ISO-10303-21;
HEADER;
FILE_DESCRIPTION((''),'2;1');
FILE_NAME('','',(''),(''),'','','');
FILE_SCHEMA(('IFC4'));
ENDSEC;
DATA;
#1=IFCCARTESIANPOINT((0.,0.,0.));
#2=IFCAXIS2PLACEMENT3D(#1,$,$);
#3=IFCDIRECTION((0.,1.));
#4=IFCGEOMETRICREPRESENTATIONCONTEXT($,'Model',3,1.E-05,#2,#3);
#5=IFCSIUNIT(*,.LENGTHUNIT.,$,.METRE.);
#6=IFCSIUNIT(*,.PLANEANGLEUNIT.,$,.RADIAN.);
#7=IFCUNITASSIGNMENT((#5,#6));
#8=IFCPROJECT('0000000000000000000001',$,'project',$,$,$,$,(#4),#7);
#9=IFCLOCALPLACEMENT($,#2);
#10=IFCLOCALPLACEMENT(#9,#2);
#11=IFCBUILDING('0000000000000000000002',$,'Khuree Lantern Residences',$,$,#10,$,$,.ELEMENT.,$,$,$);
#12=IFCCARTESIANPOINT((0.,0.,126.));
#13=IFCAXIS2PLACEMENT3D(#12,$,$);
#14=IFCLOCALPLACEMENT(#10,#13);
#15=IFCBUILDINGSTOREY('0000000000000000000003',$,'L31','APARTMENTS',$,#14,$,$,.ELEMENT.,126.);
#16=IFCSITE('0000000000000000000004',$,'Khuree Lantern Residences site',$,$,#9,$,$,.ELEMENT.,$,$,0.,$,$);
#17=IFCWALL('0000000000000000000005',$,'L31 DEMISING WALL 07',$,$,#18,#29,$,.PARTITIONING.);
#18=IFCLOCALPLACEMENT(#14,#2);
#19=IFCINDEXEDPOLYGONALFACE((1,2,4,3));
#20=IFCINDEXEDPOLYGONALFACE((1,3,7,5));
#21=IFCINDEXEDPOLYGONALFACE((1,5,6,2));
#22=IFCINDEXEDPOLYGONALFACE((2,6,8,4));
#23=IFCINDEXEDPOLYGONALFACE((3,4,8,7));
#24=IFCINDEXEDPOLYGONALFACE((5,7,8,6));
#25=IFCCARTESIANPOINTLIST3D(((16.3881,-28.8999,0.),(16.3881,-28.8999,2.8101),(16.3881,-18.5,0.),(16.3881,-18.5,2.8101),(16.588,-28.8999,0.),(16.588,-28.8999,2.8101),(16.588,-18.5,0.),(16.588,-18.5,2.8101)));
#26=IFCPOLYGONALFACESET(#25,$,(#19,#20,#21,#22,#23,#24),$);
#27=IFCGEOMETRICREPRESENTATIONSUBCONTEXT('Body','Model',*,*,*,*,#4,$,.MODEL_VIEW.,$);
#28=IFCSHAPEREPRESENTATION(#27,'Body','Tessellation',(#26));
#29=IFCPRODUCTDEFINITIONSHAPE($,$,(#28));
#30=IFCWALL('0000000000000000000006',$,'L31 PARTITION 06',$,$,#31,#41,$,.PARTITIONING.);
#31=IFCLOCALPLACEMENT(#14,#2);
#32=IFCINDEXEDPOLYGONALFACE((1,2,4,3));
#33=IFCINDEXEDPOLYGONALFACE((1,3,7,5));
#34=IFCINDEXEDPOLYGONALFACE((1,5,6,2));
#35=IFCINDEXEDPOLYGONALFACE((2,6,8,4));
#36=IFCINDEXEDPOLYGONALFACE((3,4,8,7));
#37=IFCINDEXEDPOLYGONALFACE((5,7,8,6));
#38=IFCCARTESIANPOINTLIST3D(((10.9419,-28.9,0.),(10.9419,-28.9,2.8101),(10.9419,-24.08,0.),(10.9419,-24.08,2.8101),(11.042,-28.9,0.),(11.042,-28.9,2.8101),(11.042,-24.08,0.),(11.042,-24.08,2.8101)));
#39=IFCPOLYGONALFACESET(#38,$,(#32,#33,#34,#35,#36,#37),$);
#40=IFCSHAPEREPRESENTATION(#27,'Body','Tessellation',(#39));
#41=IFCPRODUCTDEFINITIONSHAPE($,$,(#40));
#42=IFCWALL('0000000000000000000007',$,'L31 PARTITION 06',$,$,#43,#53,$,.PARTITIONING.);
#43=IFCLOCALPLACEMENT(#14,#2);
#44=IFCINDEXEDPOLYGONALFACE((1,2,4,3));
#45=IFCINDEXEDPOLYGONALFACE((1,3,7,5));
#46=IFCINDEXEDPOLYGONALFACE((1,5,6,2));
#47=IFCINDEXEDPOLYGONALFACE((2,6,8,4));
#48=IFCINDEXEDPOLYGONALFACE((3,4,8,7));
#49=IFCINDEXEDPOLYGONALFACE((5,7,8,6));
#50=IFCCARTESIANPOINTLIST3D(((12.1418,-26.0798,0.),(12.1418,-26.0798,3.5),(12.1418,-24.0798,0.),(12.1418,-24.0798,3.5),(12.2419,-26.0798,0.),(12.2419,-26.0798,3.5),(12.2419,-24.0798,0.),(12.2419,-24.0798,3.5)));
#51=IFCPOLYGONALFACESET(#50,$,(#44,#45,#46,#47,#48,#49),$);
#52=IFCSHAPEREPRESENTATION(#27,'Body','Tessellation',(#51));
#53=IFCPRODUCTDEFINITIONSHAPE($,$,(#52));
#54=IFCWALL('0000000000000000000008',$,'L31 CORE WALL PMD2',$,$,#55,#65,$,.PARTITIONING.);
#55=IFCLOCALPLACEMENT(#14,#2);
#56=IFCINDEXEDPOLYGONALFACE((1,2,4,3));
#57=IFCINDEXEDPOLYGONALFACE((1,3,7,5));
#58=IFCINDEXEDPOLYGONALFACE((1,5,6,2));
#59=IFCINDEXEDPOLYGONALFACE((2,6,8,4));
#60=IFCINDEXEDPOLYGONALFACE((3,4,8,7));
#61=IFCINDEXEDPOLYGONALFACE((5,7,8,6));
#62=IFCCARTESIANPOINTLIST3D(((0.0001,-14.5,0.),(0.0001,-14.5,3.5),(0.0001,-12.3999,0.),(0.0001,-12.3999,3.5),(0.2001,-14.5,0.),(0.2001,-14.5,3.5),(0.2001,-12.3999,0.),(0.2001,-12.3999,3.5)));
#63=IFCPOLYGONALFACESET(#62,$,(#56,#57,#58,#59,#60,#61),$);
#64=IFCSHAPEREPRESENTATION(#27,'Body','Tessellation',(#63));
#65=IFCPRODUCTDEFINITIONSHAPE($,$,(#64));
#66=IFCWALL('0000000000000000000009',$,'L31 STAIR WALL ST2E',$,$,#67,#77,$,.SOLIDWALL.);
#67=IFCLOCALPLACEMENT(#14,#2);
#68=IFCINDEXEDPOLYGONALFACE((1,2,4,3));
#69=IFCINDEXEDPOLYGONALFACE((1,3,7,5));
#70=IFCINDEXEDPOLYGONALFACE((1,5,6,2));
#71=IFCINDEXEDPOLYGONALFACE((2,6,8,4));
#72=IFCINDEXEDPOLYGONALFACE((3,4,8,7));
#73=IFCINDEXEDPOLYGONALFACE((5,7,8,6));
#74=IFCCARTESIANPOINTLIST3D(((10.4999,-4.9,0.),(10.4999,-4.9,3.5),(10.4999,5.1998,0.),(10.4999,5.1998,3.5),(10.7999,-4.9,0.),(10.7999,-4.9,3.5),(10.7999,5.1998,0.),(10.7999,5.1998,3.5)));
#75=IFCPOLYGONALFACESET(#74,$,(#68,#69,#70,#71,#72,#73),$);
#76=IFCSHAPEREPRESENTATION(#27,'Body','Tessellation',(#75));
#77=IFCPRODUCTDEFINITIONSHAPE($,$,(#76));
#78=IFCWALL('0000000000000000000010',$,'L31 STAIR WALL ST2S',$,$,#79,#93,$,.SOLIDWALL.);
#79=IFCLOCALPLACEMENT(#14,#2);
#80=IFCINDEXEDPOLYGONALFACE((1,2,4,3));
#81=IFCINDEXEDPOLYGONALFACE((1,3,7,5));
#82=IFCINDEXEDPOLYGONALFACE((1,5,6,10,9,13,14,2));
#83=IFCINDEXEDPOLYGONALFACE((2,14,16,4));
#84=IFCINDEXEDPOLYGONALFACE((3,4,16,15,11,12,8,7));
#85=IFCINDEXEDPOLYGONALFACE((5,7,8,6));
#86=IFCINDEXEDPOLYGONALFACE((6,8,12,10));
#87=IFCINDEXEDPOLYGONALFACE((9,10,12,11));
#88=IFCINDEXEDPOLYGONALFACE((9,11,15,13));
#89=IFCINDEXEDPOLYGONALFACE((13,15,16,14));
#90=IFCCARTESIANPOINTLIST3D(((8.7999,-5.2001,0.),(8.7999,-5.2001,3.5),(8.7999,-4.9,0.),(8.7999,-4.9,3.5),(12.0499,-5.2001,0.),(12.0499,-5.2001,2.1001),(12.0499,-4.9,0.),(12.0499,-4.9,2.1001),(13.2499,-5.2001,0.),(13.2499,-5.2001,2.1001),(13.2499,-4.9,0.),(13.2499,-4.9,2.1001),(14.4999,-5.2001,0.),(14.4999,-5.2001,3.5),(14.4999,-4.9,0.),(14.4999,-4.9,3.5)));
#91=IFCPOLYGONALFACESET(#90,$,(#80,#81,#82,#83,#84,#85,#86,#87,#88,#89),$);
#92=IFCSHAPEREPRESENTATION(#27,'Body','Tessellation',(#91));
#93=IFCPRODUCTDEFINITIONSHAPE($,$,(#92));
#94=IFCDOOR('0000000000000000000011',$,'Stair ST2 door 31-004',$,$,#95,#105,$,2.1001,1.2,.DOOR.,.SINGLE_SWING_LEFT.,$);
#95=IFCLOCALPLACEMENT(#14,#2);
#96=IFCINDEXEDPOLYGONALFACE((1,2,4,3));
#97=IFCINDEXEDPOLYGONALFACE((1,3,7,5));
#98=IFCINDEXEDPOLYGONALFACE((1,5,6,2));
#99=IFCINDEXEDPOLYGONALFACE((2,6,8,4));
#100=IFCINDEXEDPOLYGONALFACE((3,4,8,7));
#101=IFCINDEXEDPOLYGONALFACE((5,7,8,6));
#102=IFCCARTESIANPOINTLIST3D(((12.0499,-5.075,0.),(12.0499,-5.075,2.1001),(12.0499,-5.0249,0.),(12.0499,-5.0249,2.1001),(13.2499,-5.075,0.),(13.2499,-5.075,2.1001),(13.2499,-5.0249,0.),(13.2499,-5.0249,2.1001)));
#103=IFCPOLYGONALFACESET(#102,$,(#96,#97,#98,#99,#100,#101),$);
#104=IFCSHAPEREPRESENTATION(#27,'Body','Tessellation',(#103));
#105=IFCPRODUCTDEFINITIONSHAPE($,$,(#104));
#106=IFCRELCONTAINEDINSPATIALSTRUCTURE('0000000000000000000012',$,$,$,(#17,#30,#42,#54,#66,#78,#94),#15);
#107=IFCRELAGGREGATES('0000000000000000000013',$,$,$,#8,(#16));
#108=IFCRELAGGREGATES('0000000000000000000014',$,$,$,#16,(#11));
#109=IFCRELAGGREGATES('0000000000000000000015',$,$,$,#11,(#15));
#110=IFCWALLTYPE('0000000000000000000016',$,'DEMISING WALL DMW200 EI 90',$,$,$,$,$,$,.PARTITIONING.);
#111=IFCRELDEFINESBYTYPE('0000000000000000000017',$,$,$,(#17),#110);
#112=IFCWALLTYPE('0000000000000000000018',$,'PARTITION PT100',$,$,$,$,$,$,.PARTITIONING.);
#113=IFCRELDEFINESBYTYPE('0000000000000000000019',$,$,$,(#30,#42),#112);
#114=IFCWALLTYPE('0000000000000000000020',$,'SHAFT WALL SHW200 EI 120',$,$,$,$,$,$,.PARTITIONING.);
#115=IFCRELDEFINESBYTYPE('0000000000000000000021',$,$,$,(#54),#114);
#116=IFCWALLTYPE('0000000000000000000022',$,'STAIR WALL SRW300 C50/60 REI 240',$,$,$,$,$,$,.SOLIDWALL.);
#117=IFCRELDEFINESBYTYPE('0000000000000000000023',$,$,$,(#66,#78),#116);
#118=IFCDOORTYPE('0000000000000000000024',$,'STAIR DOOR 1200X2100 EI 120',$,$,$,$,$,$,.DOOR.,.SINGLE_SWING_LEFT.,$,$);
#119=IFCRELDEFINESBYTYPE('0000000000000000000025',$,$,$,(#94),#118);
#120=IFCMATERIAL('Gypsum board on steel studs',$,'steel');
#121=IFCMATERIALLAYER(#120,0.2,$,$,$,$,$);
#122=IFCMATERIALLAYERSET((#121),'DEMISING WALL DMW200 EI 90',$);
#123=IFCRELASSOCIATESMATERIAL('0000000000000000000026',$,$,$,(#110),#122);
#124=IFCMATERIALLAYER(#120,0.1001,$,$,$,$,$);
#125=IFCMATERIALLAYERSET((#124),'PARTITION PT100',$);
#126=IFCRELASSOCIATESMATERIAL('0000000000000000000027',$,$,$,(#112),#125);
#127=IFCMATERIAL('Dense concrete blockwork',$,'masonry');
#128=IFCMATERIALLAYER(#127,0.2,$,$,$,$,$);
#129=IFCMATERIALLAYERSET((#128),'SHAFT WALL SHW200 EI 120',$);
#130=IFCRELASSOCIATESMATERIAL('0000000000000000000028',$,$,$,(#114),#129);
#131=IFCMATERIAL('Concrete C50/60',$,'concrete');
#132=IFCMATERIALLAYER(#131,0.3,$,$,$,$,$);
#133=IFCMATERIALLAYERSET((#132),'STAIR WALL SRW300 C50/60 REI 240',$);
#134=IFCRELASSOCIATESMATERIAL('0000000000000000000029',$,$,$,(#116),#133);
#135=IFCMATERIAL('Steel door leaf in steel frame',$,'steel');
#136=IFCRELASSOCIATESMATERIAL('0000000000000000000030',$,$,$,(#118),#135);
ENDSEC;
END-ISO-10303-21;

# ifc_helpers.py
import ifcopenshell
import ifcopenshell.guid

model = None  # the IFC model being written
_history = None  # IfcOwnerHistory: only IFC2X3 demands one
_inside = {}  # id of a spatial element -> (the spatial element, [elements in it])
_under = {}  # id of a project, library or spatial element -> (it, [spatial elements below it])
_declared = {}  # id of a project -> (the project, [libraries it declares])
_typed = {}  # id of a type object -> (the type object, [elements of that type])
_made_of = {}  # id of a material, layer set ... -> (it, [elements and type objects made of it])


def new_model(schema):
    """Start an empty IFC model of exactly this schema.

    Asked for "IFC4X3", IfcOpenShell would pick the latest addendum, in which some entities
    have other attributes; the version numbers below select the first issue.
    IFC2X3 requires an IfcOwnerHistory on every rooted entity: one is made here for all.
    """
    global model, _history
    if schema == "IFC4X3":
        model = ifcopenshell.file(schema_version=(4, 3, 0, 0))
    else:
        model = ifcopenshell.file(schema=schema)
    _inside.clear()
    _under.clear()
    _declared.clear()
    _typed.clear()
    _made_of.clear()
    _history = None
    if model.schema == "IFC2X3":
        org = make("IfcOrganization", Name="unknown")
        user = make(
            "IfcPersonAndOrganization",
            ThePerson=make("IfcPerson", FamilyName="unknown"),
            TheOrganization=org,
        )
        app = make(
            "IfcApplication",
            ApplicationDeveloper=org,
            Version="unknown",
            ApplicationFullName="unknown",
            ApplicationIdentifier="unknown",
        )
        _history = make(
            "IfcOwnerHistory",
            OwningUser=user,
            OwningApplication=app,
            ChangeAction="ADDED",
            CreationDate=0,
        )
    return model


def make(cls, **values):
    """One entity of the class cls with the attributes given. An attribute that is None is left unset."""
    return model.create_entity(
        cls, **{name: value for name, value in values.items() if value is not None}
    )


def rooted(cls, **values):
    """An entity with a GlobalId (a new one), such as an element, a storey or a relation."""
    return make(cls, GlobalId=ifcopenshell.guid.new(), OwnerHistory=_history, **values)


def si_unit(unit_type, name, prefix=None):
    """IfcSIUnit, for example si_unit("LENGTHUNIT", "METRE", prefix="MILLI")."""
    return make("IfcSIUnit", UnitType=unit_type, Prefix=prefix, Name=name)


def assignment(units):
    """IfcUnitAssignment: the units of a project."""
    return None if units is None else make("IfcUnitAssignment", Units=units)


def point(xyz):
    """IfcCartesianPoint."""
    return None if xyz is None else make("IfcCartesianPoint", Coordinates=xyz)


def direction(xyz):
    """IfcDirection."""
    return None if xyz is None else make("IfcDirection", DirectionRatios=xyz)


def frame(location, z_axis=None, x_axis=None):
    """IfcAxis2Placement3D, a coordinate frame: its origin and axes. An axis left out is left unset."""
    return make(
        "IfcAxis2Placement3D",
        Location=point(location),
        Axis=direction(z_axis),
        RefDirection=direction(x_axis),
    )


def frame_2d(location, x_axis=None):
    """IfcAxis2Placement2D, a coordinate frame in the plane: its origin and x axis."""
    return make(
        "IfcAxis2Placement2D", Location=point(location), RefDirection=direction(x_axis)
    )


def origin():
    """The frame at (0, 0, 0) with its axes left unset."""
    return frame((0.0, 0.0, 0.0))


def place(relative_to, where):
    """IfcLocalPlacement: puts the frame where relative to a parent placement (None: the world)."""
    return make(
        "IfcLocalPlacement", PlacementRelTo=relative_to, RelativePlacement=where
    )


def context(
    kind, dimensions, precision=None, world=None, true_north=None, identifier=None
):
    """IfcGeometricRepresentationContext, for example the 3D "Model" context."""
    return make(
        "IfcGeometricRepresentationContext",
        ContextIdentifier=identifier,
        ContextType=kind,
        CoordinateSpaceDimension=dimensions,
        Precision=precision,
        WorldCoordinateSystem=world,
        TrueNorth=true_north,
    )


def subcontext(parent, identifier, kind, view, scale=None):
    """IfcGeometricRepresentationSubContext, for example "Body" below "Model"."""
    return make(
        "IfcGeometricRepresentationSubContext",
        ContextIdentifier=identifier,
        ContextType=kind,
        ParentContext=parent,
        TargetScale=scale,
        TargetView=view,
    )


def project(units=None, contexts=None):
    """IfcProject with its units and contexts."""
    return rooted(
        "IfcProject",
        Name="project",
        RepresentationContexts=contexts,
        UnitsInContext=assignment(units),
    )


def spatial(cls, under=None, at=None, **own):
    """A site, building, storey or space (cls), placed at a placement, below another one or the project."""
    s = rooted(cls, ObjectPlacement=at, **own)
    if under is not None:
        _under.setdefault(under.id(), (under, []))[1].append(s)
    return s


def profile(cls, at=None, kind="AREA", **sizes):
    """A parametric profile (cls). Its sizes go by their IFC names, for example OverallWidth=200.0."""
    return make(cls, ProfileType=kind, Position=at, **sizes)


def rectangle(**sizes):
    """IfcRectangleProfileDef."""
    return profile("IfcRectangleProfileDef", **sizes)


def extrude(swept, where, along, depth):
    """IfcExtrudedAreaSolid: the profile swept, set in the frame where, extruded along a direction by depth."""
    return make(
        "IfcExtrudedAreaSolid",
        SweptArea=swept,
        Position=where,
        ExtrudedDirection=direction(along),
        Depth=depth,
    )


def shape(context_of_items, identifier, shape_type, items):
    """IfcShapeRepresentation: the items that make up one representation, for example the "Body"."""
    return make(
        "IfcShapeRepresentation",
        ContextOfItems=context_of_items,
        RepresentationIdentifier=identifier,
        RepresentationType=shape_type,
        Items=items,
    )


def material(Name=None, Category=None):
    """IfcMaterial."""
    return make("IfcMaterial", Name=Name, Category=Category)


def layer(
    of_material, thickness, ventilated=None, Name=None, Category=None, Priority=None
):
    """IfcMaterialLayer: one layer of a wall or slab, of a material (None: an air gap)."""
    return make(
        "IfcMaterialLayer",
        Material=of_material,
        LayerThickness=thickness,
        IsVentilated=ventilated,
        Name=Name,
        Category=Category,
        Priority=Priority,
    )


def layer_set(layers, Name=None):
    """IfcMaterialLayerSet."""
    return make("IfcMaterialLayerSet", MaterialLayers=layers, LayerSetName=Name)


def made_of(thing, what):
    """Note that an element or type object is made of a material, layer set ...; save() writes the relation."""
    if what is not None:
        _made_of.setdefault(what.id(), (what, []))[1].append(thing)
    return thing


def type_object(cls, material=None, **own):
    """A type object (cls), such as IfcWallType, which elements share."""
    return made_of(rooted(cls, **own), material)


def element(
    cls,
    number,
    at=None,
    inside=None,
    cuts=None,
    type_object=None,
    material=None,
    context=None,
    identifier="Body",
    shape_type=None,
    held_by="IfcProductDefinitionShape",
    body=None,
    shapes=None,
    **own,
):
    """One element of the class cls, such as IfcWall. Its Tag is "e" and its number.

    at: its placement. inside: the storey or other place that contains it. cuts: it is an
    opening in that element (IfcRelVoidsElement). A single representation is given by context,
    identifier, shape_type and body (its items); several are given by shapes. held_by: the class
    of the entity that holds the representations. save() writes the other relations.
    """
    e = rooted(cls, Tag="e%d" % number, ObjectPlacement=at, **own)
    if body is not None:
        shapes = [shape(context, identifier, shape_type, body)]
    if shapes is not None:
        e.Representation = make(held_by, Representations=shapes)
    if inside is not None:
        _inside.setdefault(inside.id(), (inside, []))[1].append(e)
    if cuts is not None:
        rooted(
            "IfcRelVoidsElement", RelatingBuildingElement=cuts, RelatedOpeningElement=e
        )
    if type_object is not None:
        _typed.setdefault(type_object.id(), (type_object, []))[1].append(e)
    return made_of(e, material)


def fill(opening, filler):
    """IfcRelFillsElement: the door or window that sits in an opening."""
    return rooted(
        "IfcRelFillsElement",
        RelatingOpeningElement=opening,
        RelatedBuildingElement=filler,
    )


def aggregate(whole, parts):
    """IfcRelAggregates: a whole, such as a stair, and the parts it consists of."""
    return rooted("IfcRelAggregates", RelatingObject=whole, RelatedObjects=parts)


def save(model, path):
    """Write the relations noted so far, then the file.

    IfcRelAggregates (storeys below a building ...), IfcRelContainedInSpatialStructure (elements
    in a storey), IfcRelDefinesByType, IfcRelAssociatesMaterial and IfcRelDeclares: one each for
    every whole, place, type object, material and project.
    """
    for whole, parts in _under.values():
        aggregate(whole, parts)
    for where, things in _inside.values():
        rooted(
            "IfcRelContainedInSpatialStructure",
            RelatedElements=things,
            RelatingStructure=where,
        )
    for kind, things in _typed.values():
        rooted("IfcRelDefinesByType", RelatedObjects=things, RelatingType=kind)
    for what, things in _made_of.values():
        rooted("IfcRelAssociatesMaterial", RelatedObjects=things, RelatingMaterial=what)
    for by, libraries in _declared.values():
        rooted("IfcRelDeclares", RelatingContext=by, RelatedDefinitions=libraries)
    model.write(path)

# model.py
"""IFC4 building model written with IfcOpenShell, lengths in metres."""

from ifc_helpers import new_model, si_unit, direction, frame, frame_2d, origin, place, context, subcontext, project, spatial, rectangle, extrude, material, layer, layer_set, type_object, element, fill, save


model = new_model("IFC4")

# Units and contexts
model_context = context("Model", 3, precision=1e-05, world=origin(), true_north=direction((0.0, 1.0)))
body_context = subcontext(model_context, "Body", "Model", "MODEL_VIEW")
ifc_project = project(units=[si_unit("LENGTHUNIT", "METRE"), si_unit("PLANEANGLEUNIT", "RADIAN")], contexts=[model_context])

# Site, building, storey
site_placement = place(None, origin())
site = spatial("IfcSite", under=ifc_project, at=site_placement, Name="Khuree Lantern Residences site", CompositionType="ELEMENT", RefElevation=0.0)
building_placement = place(site_placement, origin())
building = spatial("IfcBuilding", under=site, at=building_placement, Name="Khuree Lantern Residences", CompositionType="ELEMENT")
storey_placement = place(building_placement, frame((0.0, 0.0, 126.0)))
storey = spatial("IfcBuildingStorey", under=building, at=storey_placement, Name="L31", Description="APARTMENTS", CompositionType="ELEMENT", Elevation=126.0)

# Shared definitions
ifc_material_1 = material(Name="Dense concrete blockwork", Category="masonry")

# Shared definitions
ifc_material_2 = material(Name="Gypsum board on steel studs", Category="steel")

# Shared definitions
ifc_material_3 = material(Name="Steel door leaf in steel frame", Category="steel")

# Walls
ifc_layer_1 = layer(ifc_material_2, 0.2)
ifc_layer_set_1 = layer_set([ifc_layer_1], Name="DEMISING WALL DMW200 EI 90")
wall_type_1 = type_object("IfcWallType", Name="DEMISING WALL DMW200 EI 90", PredefinedType="PARTITIONING", material=ifc_layer_set_1)
wall_1_placement = place(storey_placement, frame((16.488, -18.5, 0.0), z_axis=(0.0, 0.0, 1.0), x_axis=(0.0, -1.0, 0.0)))
element("IfcWall", 1, at=wall_1_placement, inside=storey, type_object=wall_type_1, Name="L31 DEMISING WALL 07", PredefinedType="PARTITIONING", context=body_context, shape_type="SweptSolid", body=[
    extrude(rectangle(XDim=10.3999, YDim=0.2, at=frame_2d((5.2, 0.0))), origin(), (0.0, 0.0, 1.0), 2.8101),
])
ifc_layer_2 = layer(ifc_material_2, 0.1001)
ifc_layer_set_2 = layer_set([ifc_layer_2], Name="PARTITION PT100")
wall_type_2 = type_object("IfcWallType", Name="PARTITION PT100", PredefinedType="PARTITIONING", material=ifc_layer_set_2)
wall_2_placement = place(storey_placement, frame((10.9919, -24.0798, 0.0), z_axis=(0.0, 0.0, 1.0), x_axis=(0.0, -1.0, 0.0)))
element("IfcWall", 2, at=wall_2_placement, inside=storey, type_object=wall_type_2, Name="L31 PARTITION 06", PredefinedType="PARTITIONING", context=body_context, shape_type="SweptSolid", body=[
    extrude(rectangle(XDim=4.8201, YDim=0.1001, at=frame_2d((2.4102, 0.0))), origin(), (0.0, 0.0, 1.0), 2.8101),
])
wall_3_placement = place(storey_placement, frame((12.1919, -24.0798, 0.0), z_axis=(0.0, 0.0, 1.0), x_axis=(0.0, -1.0, 0.0)))
element("IfcWall", 3, at=wall_3_placement, inside=storey, type_object=wall_type_2, Name="L31 PARTITION 06", PredefinedType="PARTITIONING", context=body_context, shape_type="SweptSolid", body=[
    extrude(rectangle(XDim=2.0, YDim=0.1001, at=frame_2d((1.0, 0.0))), origin(), (0.0, 0.0, 1.0), 3.5),
])
ifc_layer_3 = layer(ifc_material_1, 0.2)
ifc_layer_set_3 = layer_set([ifc_layer_3], Name="SHAFT WALL SHW200 EI 120")
wall_type_3 = type_object("IfcWallType", Name="SHAFT WALL SHW200 EI 120", PredefinedType="PARTITIONING", material=ifc_layer_set_3)
wall_4_placement = place(storey_placement, frame((0.1001, -14.5, 0.0), z_axis=(0.0, 0.0, 1.0), x_axis=(0.0, 1.0, 0.0)))
element("IfcWall", 4, at=wall_4_placement, inside=storey, type_object=wall_type_3, Name="L31 CORE WALL PMD2", PredefinedType="PARTITIONING", context=body_context, shape_type="SweptSolid", body=[
    extrude(rectangle(XDim=2.1001, YDim=0.2, at=frame_2d((1.05, 0.0))), origin(), (0.0, 0.0, 1.0), 3.5),
])
ifc_material_4 = material(Name="Concrete C50/60", Category="concrete")
ifc_layer_4 = layer(ifc_material_4, 0.3)
ifc_layer_set_4 = layer_set([ifc_layer_4], Name="STAIR WALL SRW300 C50/60 REI 240")
wall_type_4 = type_object("IfcWallType", Name="STAIR WALL SRW300 C50/60 REI 240", PredefinedType="SOLIDWALL", material=ifc_layer_set_4)
wall_5_placement = place(storey_placement, frame((10.6499, -4.8999, 0.0), z_axis=(0.0, 0.0, 1.0), x_axis=(0.0, 1.0, 0.0)))
element("IfcWall", 5, at=wall_5_placement, inside=storey, type_object=wall_type_4, Name="L31 STAIR WALL ST2E", PredefinedType="SOLIDWALL", context=body_context, shape_type="SweptSolid", body=[
    extrude(rectangle(XDim=10.0999, YDim=0.3, at=frame_2d((5.0498, 0.0))), origin(), (0.0, 0.0, 1.0), 3.5),
])

# Wall, opening, door
wall_6_placement = place(storey_placement, frame((14.5, -5.05, 0.0), z_axis=(0.0, 0.0, 1.0), x_axis=(-1.0, 0.0, 0.0)))
wall_6 = element("IfcWall", 6, at=wall_6_placement, inside=storey, type_object=wall_type_4, Name="L31 STAIR WALL ST2S", PredefinedType="SOLIDWALL", context=body_context, shape_type="SweptSolid", body=[
    extrude(rectangle(XDim=5.7, YDim=0.3, at=frame_2d((2.8501, 0.0))), origin(), (0.0, 0.0, 1.0), 3.5),
])
opening_1_placement = place(wall_6_placement, frame((1.25, 0.0, 0.0)))
opening_1 = element("IfcOpeningElement", 7, at=opening_1_placement, cuts=wall_6, PredefinedType="OPENING", context=body_context, shape_type="SweptSolid", body=[
    extrude(rectangle(XDim=1.2, YDim=2.1001, at=frame_2d((0.6001, 1.05))), frame((0.0, 0.1602, 0.0), z_axis=(0.0, -1.0, 0.0), x_axis=(1.0, 0.0, 0.0)), (0.0, 0.0, 1.0), 0.3201),
])
door_type_1 = type_object("IfcDoorType", Name="STAIR DOOR 1200X2100 EI 120", OperationType="SINGLE_SWING_LEFT", PredefinedType="DOOR", material=ifc_material_3)
door_1_placement = place(opening_1_placement, origin())
door_1 = element("IfcDoor", 8, at=door_1_placement, inside=storey, type_object=door_type_1, Name="Stair ST2 door 31-004", OperationType="SINGLE_SWING_LEFT", OverallHeight=2.1001, OverallWidth=1.2, PredefinedType="DOOR", context=body_context, shape_type="SweptSolid", body=[
    extrude(rectangle(XDim=1.2, YDim=2.1001, at=frame_2d((0.6001, 1.05))), frame((0.0, 0.0249, 0.0), z_axis=(0.0, -1.0, 0.0), x_axis=(1.0, 0.0, 0.0)), (0.0, 0.0, 1.0), 0.05),
])
fill(opening_1, door_1)

save(model, "model.ifc")
